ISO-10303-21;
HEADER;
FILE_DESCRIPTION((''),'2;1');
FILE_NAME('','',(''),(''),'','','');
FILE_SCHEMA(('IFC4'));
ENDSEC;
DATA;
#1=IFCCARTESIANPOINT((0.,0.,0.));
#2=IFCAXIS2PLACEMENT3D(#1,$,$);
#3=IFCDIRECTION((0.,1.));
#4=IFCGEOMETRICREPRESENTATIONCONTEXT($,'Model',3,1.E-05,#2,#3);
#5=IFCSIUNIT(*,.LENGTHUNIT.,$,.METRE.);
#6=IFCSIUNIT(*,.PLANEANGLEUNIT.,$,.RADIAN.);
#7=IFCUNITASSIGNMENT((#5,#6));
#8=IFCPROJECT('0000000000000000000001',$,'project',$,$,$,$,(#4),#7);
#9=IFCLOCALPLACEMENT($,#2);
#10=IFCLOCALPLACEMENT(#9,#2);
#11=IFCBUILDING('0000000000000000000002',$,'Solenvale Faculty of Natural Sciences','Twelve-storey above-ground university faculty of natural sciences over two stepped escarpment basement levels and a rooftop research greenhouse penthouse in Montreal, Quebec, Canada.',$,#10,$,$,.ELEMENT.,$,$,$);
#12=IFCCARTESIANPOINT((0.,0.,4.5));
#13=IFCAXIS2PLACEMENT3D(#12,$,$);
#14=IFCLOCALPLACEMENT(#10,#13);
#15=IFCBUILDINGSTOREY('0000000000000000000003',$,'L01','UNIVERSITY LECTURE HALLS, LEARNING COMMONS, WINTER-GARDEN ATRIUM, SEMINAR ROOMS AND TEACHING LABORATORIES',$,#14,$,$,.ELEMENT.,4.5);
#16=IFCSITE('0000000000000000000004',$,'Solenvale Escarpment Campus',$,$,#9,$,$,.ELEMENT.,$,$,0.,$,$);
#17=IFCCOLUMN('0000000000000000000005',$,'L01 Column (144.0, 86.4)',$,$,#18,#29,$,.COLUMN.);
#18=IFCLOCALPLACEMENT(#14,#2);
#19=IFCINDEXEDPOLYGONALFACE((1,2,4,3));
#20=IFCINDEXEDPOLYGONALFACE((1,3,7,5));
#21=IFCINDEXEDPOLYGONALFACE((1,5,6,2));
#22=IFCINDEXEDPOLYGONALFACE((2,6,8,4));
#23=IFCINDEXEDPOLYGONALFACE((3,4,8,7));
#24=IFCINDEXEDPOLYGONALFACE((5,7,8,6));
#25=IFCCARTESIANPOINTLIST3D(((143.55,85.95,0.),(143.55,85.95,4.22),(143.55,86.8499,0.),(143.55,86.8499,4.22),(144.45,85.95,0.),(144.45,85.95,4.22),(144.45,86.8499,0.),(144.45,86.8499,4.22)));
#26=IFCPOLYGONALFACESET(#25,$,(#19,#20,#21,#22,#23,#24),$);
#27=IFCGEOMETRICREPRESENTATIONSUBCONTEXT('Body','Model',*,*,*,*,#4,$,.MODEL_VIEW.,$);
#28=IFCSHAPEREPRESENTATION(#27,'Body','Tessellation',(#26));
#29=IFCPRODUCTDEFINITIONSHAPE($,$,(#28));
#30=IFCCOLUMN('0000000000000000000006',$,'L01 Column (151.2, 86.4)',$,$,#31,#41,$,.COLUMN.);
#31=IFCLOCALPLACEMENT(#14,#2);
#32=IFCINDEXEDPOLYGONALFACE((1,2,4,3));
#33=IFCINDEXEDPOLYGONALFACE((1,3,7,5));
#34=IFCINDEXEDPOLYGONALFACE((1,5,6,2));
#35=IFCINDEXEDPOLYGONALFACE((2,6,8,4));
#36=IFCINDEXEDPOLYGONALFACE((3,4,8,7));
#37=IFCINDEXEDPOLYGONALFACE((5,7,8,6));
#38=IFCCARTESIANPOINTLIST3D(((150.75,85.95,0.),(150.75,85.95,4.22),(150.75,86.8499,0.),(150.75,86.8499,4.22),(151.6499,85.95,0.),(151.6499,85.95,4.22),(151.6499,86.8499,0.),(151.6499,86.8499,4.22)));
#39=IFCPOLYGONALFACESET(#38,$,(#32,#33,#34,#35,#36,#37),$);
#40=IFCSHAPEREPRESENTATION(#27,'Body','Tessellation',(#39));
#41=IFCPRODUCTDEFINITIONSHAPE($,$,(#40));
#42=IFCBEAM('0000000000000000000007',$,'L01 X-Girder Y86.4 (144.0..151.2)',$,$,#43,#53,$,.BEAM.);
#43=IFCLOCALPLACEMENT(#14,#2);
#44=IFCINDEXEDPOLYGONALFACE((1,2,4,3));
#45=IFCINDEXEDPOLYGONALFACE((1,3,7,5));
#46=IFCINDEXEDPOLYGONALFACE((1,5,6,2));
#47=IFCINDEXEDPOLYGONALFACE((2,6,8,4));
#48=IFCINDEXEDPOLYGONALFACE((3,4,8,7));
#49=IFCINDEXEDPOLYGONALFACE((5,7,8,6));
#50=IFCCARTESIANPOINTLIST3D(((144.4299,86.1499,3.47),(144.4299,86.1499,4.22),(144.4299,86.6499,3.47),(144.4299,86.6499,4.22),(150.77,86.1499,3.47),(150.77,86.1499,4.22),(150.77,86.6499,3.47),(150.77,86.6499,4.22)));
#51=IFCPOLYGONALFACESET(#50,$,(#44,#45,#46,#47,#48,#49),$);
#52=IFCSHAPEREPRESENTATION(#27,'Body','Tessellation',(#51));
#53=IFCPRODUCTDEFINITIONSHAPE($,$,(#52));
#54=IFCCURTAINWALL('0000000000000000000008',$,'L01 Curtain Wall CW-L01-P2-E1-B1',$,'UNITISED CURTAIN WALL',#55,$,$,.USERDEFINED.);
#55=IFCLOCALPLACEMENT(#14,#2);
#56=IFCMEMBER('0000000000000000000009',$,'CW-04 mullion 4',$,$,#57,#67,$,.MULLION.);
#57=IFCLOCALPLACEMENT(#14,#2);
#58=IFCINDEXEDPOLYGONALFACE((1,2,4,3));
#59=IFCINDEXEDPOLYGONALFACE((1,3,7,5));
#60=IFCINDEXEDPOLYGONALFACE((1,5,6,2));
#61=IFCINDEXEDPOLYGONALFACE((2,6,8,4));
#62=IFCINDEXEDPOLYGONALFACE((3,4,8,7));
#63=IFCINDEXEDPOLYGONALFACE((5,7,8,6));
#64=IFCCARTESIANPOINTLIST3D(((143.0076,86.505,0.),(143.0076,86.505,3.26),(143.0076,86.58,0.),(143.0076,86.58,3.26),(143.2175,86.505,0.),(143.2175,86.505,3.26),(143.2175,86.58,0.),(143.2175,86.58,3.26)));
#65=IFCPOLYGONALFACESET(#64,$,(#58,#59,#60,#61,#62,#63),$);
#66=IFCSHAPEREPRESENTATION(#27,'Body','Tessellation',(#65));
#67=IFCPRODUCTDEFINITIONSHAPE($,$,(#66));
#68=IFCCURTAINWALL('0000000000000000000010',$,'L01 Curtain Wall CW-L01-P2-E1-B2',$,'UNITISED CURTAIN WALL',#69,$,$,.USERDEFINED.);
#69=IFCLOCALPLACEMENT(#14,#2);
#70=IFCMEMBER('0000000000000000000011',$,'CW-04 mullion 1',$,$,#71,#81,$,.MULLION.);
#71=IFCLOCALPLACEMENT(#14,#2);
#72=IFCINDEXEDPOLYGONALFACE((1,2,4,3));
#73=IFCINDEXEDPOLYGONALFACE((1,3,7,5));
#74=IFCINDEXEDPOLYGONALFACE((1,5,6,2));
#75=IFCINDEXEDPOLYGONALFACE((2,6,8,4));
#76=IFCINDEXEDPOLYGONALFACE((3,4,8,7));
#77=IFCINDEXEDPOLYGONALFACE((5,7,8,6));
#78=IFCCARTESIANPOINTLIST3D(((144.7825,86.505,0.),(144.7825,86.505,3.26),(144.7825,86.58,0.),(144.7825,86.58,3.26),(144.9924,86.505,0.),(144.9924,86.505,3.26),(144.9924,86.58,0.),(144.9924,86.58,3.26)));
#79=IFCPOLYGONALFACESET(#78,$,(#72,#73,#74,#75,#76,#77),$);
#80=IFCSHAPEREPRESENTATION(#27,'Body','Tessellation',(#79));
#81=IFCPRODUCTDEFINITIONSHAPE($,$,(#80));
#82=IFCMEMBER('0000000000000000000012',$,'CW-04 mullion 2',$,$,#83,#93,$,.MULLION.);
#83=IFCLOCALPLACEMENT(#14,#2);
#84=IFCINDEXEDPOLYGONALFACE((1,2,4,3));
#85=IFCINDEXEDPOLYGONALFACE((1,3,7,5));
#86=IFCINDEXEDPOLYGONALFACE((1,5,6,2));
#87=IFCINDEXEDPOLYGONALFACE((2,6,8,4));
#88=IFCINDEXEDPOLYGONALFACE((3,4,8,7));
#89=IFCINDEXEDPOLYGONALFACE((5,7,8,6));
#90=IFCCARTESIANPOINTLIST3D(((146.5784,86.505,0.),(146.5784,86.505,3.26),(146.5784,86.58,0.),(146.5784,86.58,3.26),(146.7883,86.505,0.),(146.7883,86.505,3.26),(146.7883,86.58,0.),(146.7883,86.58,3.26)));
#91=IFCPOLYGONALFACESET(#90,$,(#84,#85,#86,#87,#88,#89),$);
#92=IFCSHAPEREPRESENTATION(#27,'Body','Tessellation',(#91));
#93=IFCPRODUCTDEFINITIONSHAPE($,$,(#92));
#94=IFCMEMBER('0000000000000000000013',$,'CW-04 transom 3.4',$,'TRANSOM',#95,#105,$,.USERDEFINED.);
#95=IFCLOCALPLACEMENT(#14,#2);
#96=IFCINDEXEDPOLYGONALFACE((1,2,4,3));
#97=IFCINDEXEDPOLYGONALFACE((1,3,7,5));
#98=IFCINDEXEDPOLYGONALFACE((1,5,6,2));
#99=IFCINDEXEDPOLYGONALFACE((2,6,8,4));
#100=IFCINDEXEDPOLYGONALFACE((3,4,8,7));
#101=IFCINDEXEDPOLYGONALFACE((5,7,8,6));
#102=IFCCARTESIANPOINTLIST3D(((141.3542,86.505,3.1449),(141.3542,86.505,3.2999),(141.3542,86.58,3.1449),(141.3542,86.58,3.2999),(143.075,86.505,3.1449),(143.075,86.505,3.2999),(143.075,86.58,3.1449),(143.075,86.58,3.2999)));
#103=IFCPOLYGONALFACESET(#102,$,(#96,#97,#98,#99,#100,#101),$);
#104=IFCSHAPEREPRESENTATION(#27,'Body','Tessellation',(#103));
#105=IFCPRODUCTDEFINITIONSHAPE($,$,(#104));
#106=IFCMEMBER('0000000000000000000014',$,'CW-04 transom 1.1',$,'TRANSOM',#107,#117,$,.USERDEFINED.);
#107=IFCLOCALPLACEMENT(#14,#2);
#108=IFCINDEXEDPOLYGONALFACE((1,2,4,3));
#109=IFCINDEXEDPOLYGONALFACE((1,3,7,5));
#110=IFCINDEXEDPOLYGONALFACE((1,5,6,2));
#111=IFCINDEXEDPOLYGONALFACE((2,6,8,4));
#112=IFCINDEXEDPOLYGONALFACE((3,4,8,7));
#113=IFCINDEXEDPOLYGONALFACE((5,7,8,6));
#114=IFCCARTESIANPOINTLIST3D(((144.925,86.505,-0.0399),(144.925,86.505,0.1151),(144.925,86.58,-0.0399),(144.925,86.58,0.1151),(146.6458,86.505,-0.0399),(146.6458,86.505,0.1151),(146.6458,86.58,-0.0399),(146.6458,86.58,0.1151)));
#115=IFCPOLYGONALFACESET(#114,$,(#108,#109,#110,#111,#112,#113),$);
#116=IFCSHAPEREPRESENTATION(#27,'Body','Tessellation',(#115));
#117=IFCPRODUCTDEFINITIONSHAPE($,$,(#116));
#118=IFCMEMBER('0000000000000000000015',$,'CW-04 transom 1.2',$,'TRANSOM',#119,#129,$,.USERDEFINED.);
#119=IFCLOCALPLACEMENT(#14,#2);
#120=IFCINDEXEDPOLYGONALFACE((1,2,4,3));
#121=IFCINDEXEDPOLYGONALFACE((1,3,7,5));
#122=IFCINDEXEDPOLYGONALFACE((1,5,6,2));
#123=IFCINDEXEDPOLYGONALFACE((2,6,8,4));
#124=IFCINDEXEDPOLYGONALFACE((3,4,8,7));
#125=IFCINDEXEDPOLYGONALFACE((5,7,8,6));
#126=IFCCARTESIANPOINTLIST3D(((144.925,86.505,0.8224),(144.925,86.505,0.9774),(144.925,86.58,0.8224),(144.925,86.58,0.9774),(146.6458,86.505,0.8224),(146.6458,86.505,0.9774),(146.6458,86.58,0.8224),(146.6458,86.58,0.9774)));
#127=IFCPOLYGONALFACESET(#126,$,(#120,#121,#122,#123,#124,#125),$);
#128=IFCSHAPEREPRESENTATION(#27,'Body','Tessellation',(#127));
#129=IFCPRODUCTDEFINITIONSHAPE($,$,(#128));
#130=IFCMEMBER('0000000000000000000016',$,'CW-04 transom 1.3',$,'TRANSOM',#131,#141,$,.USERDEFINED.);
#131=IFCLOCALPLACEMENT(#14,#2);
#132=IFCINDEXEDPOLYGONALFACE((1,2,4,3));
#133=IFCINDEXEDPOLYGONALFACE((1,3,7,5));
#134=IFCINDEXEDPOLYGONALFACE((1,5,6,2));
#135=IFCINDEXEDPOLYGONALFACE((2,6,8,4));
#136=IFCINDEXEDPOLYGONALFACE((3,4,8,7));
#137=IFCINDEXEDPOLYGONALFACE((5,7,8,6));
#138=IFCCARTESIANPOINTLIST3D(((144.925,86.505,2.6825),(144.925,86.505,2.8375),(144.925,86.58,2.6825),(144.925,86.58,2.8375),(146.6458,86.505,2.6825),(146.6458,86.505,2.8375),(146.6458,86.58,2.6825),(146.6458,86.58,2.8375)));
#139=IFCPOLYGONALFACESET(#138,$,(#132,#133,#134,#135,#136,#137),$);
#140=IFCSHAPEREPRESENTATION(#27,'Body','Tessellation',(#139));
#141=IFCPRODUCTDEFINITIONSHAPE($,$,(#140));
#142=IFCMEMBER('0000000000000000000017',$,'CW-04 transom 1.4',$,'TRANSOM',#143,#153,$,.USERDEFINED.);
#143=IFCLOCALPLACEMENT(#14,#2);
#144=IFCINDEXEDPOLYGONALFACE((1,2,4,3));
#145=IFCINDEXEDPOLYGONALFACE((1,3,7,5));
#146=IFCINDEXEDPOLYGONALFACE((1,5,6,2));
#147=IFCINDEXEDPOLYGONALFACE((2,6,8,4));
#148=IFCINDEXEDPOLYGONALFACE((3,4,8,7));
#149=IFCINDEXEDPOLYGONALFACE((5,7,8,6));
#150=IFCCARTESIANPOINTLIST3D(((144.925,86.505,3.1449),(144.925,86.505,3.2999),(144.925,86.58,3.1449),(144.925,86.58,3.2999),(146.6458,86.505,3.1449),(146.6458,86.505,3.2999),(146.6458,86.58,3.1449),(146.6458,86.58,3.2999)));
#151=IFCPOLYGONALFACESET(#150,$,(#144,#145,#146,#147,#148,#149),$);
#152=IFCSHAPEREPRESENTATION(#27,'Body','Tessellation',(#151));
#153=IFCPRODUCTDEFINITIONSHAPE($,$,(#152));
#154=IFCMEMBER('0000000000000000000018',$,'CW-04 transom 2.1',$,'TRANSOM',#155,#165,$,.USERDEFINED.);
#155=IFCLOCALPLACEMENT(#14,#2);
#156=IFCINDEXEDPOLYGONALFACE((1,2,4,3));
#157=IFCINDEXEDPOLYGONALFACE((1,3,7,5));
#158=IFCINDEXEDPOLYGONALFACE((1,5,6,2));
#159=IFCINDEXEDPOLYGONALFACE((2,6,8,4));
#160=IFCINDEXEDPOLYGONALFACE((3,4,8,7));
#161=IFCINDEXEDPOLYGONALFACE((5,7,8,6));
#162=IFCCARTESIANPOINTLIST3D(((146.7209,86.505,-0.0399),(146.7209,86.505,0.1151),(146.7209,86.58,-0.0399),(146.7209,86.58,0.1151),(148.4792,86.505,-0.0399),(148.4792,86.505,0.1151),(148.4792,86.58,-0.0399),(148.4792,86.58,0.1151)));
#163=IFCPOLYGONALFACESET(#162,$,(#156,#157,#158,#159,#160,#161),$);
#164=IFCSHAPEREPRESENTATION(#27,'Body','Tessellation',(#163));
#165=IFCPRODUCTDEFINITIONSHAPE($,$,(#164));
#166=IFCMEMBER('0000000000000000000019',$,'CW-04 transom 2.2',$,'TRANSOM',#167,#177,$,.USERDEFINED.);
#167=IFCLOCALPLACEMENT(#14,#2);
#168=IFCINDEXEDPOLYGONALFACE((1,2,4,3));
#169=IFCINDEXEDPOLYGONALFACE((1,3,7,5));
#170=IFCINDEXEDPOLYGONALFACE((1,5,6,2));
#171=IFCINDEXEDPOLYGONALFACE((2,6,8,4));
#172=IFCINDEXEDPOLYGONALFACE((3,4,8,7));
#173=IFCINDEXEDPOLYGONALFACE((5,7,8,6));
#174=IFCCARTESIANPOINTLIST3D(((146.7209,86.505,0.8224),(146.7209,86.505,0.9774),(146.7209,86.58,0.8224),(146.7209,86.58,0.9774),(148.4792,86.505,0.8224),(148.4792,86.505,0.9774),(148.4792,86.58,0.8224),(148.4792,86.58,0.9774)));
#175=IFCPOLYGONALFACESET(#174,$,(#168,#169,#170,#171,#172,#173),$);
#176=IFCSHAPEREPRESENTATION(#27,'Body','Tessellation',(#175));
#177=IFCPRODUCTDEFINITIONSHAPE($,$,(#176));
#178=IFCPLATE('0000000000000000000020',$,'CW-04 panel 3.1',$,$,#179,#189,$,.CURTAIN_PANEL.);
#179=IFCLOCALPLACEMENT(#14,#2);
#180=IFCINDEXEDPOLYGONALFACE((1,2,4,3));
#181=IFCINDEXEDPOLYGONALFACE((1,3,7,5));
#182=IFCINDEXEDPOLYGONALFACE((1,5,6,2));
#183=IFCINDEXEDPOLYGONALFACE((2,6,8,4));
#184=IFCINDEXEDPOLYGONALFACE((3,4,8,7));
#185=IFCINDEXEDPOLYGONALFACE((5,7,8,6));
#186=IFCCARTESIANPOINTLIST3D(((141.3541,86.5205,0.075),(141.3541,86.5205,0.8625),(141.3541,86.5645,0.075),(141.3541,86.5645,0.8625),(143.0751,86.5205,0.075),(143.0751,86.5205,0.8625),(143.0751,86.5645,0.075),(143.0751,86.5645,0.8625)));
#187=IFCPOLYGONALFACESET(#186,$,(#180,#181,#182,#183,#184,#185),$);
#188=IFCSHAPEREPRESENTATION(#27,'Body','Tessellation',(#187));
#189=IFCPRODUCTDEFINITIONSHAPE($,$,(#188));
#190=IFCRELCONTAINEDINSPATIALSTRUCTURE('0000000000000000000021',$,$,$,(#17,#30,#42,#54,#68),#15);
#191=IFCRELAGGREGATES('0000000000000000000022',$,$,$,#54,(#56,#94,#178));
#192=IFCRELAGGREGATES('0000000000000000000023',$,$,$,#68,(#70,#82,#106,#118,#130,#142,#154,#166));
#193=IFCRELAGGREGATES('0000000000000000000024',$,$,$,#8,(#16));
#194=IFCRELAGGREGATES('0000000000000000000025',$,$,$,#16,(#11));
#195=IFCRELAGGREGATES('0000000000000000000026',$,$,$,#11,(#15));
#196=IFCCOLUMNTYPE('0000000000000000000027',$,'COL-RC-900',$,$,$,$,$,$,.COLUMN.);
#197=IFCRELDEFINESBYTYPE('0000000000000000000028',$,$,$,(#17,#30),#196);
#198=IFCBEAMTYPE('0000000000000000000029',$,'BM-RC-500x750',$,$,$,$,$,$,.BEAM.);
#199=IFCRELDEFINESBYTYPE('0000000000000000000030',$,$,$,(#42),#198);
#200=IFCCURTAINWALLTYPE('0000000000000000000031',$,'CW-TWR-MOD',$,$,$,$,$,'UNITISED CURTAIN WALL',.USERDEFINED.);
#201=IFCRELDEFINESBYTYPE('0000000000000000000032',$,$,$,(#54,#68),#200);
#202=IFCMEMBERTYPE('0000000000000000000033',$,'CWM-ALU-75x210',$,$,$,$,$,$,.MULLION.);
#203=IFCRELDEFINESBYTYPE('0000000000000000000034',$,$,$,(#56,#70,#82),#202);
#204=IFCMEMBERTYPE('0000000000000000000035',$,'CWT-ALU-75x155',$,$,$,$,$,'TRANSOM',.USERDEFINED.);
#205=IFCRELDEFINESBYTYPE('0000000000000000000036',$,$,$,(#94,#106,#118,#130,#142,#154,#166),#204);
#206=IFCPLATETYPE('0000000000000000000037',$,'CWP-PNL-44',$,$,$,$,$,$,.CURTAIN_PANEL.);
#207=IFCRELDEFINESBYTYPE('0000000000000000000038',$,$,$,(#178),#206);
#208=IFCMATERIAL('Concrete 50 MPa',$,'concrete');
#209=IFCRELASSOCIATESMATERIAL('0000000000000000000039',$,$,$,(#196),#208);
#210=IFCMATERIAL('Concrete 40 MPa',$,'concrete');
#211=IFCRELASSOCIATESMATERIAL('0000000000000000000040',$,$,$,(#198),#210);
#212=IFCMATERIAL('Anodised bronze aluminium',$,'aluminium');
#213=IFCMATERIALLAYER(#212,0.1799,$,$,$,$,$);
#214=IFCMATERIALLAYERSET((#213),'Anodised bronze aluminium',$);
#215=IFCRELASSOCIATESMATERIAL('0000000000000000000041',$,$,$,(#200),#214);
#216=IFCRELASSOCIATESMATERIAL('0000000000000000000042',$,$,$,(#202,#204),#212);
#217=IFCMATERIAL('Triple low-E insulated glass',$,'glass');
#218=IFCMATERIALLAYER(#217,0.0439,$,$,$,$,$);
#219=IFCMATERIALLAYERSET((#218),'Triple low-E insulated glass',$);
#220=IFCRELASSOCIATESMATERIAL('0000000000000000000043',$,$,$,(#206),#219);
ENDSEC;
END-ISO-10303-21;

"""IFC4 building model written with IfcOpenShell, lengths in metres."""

from ifc_helpers import new_model, si_unit, direction, frame, origin, origin_2d, place, context, subcontext, project, spatial, rectangle, extrude, material, layer, layer_set, material_profile, profile_set, type_object, element, aggregate, save


model = new_model("IFC4")

# Units and contexts
model_context = context("Model", 3, precision=1e-05, world=origin(), true_north=direction((0.0, 1.0)))
body_context = subcontext(model_context, "Body", "Model", "MODEL_VIEW")
ifc_project = project(units=[si_unit("LENGTHUNIT", "METRE"), si_unit("PLANEANGLEUNIT", "RADIAN")], contexts=[model_context])

# Site, building, storey
site_placement = place(None, origin())
site = spatial("IfcSite", under=ifc_project, at=site_placement, Name="Solenvale Escarpment Campus", CompositionType="ELEMENT", RefElevation=0.0)
building_placement = place(site_placement, origin())
building = spatial("IfcBuilding", under=site, at=building_placement, Name="Solenvale Faculty of Natural Sciences", Description="Twelve-storey above-ground university faculty of natural sciences over two stepped escarpment basement levels and a rooftop research greenhouse penthouse in Montreal, Quebec, Canada.", CompositionType="ELEMENT")
storey_placement = place(building_placement, frame((0.0, 0.0, 4.5)))
storey = spatial("IfcBuildingStorey", under=building, at=storey_placement, Name="L01", Description="UNIVERSITY LECTURE HALLS, LEARNING COMMONS, WINTER-GARDEN ATRIUM, SEMINAR ROOMS AND TEACHING LABORATORIES", CompositionType="ELEMENT", Elevation=4.5)

# Columns
ifc_material_1 = material(Name="Concrete 50 MPa", Category="concrete")
ifc_material_profile_1 = material_profile(ifc_material_1, rectangle(XDim=0.8999, YDim=0.8999, at=origin_2d()), Name="RC-COL-900x900")
ifc_profile_set_1 = profile_set([ifc_material_profile_1], Name="Concrete 50 MPa")
column_type = type_object("IfcColumnType", Name="COL-RC-900", PredefinedType="COLUMN", material=ifc_profile_set_1)
for number, where, z_axis, x_axis, name in (
    (1, (144.0, 86.3999, 0.0), (0.0, 0.0, 1.0), (1.0, 0.0, 0.0), "L01 Column (144.0, 86.4)"),
    (2, (151.2, 86.3999, 0.0), (0.0, 0.0, 1.0), (1.0, 0.0, 0.0), "L01 Column (151.2, 86.4)"),
):
    element("IfcColumn", number, at=place(storey_placement, frame(where, z_axis=z_axis, x_axis=x_axis)), inside=storey, type_object=column_type, Name=name, PredefinedType="COLUMN", context=body_context, shape_type="SweptSolid", body=[
        extrude(rectangle(XDim=0.8999, YDim=0.8999, at=origin_2d()), origin(), (0.0, 0.0, 1.0), 4.22),
    ])

# Beam
ifc_material_2 = material(Name="Concrete 40 MPa", Category="concrete")
ifc_material_profile_2 = material_profile(ifc_material_2, rectangle(XDim=0.5, YDim=0.75, at=origin_2d()), Name="RC-BM-500x750")
ifc_profile_set_2 = profile_set([ifc_material_profile_2], Name="Concrete 40 MPa")
beam_type = type_object("IfcBeamType", Name="BM-RC-500x750", PredefinedType="BEAM", material=ifc_profile_set_2)
beam_placement = place(storey_placement, frame((144.4299, 86.3999, 3.845), z_axis=(1.0, 0.0, 0.0), x_axis=(0.0, 1.0, 0.0)))
element("IfcBeam", 3, at=beam_placement, inside=storey, type_object=beam_type, Name="L01 X-Girder Y86.4 (144.0..151.2)", PredefinedType="BEAM", context=body_context, shape_type="SweptSolid", body=[
    extrude(rectangle(XDim=0.5, YDim=0.75, at=origin_2d()), origin(), (0.0, 0.0, 1.0), 6.3401),
])

# Curtain wall, member
ifc_material_3 = material(Name="Anodised bronze aluminium", Category="aluminium")
ifc_layer_1 = layer(ifc_material_3, 0.1799)
ifc_layer_set_1 = layer_set([ifc_layer_1], Name="Anodised bronze aluminium")
curtain_wall_type = type_object("IfcCurtainWallType", Name="CW-TWR-MOD", ElementType="UNITISED CURTAIN WALL", PredefinedType="USERDEFINED", material=ifc_layer_set_1)
curtain_wall_1_placement = place(storey_placement, origin())
curtain_wall_1 = element("IfcCurtainWall", 4, at=curtain_wall_1_placement, inside=storey, type_object=curtain_wall_type, Name="L01 Curtain Wall CW-L01-P2-E1-B1", ObjectType="UNITISED CURTAIN WALL", PredefinedType="USERDEFINED")
ifc_material_profile_3 = material_profile(ifc_material_3, rectangle(XDim=0.075, YDim=0.21, at=origin_2d()), Name="ALU-MUL-75x210")
ifc_profile_set_3 = profile_set([ifc_material_profile_3], Name="Anodised bronze aluminium")
member_type_1 = type_object("IfcMemberType", Name="CWM-ALU-75x210", PredefinedType="MULLION", material=ifc_profile_set_3)
member_1_placement = place(storey_placement, frame((143.1125, 86.5425, 0.0), z_axis=(0.0, 0.0, 1.0), x_axis=(0.0, 1.0, 0.0)))
member_1 = element("IfcMember", 5, at=member_1_placement, type_object=member_type_1, Name="CW-04 mullion 4", PredefinedType="MULLION", context=body_context, shape_type="SweptSolid", body=[
    extrude(rectangle(XDim=0.075, YDim=0.21, at=origin_2d()), origin(), (0.0, 0.0, 1.0), 3.26),
])

# Curtain wall, members
curtain_wall_2_placement = place(storey_placement, origin())
curtain_wall_2 = element("IfcCurtainWall", 6, at=curtain_wall_2_placement, inside=storey, type_object=curtain_wall_type, Name="L01 Curtain Wall CW-L01-P2-E1-B2", ObjectType="UNITISED CURTAIN WALL", PredefinedType="USERDEFINED")
member_2_placement = place(storey_placement, frame((144.8875, 86.5425, 0.0), z_axis=(0.0, 0.0, 1.0), x_axis=(0.0, 1.0, 0.0)))
member_2 = element("IfcMember", 7, at=member_2_placement, type_object=member_type_1, Name="CW-04 mullion 1", PredefinedType="MULLION", context=body_context, shape_type="SweptSolid", body=[
    extrude(rectangle(XDim=0.075, YDim=0.21, at=origin_2d()), origin(), (0.0, 0.0, 1.0), 3.26),
])
member_3_placement = place(storey_placement, frame((146.6833, 86.5425, 0.0), z_axis=(0.0, 0.0, 1.0), x_axis=(0.0, 1.0, 0.0)))
member_3 = element("IfcMember", 8, at=member_3_placement, type_object=member_type_1, Name="CW-04 mullion 2", PredefinedType="MULLION", context=body_context, shape_type="SweptSolid", body=[
    extrude(rectangle(XDim=0.075, YDim=0.21, at=origin_2d()), origin(), (0.0, 0.0, 1.0), 3.26),
])

# Members
ifc_material_profile_4 = material_profile(ifc_material_3, rectangle(XDim=0.075, YDim=0.155, at=origin_2d()), Name="ALU-TRN-75x155")
ifc_profile_set_4 = profile_set([ifc_material_profile_4], Name="Anodised bronze aluminium")
member_type_2 = type_object("IfcMemberType", Name="CWT-ALU-75x155", ElementType="TRANSOM", PredefinedType="USERDEFINED", material=ifc_profile_set_4)
member_4_placement = place(storey_placement, frame((141.3542, 86.5425, 3.2224), z_axis=(1.0, 0.0, 0.0), x_axis=(0.0, 1.0, 0.0)))
member_4 = element("IfcMember", 9, at=member_4_placement, type_object=member_type_2, Name="CW-04 transom 3.4", ObjectType="TRANSOM", PredefinedType="USERDEFINED", context=body_context, shape_type="SweptSolid", body=[
    extrude(rectangle(XDim=0.075, YDim=0.155, at=origin_2d()), origin(), (0.0, 0.0, 1.0), 1.7207),
])
member_5_placement = place(storey_placement, frame((144.925, 86.5425, 0.0376), z_axis=(1.0, 0.0, 0.0), x_axis=(0.0, 1.0, 0.0)))
member_5 = element("IfcMember", 10, at=member_5_placement, type_object=member_type_2, Name="CW-04 transom 1.1", ObjectType="TRANSOM", PredefinedType="USERDEFINED", context=body_context, shape_type="SweptSolid", body=[
    extrude(rectangle(XDim=0.075, YDim=0.155, at=origin_2d()), origin(), (0.0, 0.0, 1.0), 1.7207),
])
member_6_placement = place(storey_placement, frame((144.925, 86.5425, 0.8999), z_axis=(1.0, 0.0, 0.0), x_axis=(0.0, 1.0, 0.0)))
member_6 = element("IfcMember", 11, at=member_6_placement, type_object=member_type_2, Name="CW-04 transom 1.2", ObjectType="TRANSOM", PredefinedType="USERDEFINED", context=body_context, shape_type="SweptSolid", body=[
    extrude(rectangle(XDim=0.075, YDim=0.155, at=origin_2d()), origin(), (0.0, 0.0, 1.0), 1.7207),
])
member_7_placement = place(storey_placement, frame((144.925, 86.5425, 2.76), z_axis=(1.0, 0.0, 0.0), x_axis=(0.0, 1.0, 0.0)))
member_7 = element("IfcMember", 12, at=member_7_placement, type_object=member_type_2, Name="CW-04 transom 1.3", ObjectType="TRANSOM", PredefinedType="USERDEFINED", context=body_context, shape_type="SweptSolid", body=[
    extrude(rectangle(XDim=0.075, YDim=0.155, at=origin_2d()), origin(), (0.0, 0.0, 1.0), 1.7207),
])
member_8_placement = place(storey_placement, frame((144.925, 86.5425, 3.2224), z_axis=(1.0, 0.0, 0.0), x_axis=(0.0, 1.0, 0.0)))
member_8 = element("IfcMember", 13, at=member_8_placement, type_object=member_type_2, Name="CW-04 transom 1.4", ObjectType="TRANSOM", PredefinedType="USERDEFINED", context=body_context, shape_type="SweptSolid", body=[
    extrude(rectangle(XDim=0.075, YDim=0.155, at=origin_2d()), origin(), (0.0, 0.0, 1.0), 1.7207),
])
member_9_placement = place(storey_placement, frame((146.7209, 86.5425, 0.0376), z_axis=(1.0, 0.0, 0.0), x_axis=(0.0, 1.0, 0.0)))
member_9 = element("IfcMember", 14, at=member_9_placement, type_object=member_type_2, Name="CW-04 transom 2.1", ObjectType="TRANSOM", PredefinedType="USERDEFINED", context=body_context, shape_type="SweptSolid", body=[
    extrude(rectangle(XDim=0.075, YDim=0.155, at=origin_2d()), origin(), (0.0, 0.0, 1.0), 1.7583),
])
member_10_placement = place(storey_placement, frame((146.7209, 86.5425, 0.8999), z_axis=(1.0, 0.0, 0.0), x_axis=(0.0, 1.0, 0.0)))
member_10 = element("IfcMember", 15, at=member_10_placement, type_object=member_type_2, Name="CW-04 transom 2.2", ObjectType="TRANSOM", PredefinedType="USERDEFINED", context=body_context, shape_type="SweptSolid", body=[
    extrude(rectangle(XDim=0.075, YDim=0.155, at=origin_2d()), origin(), (0.0, 0.0, 1.0), 1.7583),
])

# Plate
ifc_material_4 = material(Name="Triple low-E insulated glass", Category="glass")
ifc_layer_2 = layer(ifc_material_4, 0.0439)
ifc_layer_set_2 = layer_set([ifc_layer_2], Name="Triple low-E insulated glass")
plate_type_1 = type_object("IfcPlateType", Name="CWP-PNL-44", PredefinedType="CURTAIN_PANEL", material=ifc_layer_set_2)
plate_1_placement = place(storey_placement, frame((142.2146, 86.5425, 0.075), z_axis=(0.0, 0.0, 1.0), x_axis=(1.0, 0.0, 0.0)))
plate_1 = element("IfcPlate", 16, at=plate_1_placement, type_object=plate_type_1, Name="CW-04 panel 3.1", PredefinedType="CURTAIN_PANEL", context=body_context, shape_type="SweptSolid", body=[
    extrude(rectangle(XDim=1.7209, YDim=0.0439, at=origin_2d()), origin(), (0.0, 0.0, 1.0), 0.7876),
])
aggregate(curtain_wall_1, [member_1, member_4, plate_1])
aggregate(curtain_wall_2, [member_2, member_3, member_5, member_6, member_7, member_8, member_9, member_10])

save(model, "model.ifc")
